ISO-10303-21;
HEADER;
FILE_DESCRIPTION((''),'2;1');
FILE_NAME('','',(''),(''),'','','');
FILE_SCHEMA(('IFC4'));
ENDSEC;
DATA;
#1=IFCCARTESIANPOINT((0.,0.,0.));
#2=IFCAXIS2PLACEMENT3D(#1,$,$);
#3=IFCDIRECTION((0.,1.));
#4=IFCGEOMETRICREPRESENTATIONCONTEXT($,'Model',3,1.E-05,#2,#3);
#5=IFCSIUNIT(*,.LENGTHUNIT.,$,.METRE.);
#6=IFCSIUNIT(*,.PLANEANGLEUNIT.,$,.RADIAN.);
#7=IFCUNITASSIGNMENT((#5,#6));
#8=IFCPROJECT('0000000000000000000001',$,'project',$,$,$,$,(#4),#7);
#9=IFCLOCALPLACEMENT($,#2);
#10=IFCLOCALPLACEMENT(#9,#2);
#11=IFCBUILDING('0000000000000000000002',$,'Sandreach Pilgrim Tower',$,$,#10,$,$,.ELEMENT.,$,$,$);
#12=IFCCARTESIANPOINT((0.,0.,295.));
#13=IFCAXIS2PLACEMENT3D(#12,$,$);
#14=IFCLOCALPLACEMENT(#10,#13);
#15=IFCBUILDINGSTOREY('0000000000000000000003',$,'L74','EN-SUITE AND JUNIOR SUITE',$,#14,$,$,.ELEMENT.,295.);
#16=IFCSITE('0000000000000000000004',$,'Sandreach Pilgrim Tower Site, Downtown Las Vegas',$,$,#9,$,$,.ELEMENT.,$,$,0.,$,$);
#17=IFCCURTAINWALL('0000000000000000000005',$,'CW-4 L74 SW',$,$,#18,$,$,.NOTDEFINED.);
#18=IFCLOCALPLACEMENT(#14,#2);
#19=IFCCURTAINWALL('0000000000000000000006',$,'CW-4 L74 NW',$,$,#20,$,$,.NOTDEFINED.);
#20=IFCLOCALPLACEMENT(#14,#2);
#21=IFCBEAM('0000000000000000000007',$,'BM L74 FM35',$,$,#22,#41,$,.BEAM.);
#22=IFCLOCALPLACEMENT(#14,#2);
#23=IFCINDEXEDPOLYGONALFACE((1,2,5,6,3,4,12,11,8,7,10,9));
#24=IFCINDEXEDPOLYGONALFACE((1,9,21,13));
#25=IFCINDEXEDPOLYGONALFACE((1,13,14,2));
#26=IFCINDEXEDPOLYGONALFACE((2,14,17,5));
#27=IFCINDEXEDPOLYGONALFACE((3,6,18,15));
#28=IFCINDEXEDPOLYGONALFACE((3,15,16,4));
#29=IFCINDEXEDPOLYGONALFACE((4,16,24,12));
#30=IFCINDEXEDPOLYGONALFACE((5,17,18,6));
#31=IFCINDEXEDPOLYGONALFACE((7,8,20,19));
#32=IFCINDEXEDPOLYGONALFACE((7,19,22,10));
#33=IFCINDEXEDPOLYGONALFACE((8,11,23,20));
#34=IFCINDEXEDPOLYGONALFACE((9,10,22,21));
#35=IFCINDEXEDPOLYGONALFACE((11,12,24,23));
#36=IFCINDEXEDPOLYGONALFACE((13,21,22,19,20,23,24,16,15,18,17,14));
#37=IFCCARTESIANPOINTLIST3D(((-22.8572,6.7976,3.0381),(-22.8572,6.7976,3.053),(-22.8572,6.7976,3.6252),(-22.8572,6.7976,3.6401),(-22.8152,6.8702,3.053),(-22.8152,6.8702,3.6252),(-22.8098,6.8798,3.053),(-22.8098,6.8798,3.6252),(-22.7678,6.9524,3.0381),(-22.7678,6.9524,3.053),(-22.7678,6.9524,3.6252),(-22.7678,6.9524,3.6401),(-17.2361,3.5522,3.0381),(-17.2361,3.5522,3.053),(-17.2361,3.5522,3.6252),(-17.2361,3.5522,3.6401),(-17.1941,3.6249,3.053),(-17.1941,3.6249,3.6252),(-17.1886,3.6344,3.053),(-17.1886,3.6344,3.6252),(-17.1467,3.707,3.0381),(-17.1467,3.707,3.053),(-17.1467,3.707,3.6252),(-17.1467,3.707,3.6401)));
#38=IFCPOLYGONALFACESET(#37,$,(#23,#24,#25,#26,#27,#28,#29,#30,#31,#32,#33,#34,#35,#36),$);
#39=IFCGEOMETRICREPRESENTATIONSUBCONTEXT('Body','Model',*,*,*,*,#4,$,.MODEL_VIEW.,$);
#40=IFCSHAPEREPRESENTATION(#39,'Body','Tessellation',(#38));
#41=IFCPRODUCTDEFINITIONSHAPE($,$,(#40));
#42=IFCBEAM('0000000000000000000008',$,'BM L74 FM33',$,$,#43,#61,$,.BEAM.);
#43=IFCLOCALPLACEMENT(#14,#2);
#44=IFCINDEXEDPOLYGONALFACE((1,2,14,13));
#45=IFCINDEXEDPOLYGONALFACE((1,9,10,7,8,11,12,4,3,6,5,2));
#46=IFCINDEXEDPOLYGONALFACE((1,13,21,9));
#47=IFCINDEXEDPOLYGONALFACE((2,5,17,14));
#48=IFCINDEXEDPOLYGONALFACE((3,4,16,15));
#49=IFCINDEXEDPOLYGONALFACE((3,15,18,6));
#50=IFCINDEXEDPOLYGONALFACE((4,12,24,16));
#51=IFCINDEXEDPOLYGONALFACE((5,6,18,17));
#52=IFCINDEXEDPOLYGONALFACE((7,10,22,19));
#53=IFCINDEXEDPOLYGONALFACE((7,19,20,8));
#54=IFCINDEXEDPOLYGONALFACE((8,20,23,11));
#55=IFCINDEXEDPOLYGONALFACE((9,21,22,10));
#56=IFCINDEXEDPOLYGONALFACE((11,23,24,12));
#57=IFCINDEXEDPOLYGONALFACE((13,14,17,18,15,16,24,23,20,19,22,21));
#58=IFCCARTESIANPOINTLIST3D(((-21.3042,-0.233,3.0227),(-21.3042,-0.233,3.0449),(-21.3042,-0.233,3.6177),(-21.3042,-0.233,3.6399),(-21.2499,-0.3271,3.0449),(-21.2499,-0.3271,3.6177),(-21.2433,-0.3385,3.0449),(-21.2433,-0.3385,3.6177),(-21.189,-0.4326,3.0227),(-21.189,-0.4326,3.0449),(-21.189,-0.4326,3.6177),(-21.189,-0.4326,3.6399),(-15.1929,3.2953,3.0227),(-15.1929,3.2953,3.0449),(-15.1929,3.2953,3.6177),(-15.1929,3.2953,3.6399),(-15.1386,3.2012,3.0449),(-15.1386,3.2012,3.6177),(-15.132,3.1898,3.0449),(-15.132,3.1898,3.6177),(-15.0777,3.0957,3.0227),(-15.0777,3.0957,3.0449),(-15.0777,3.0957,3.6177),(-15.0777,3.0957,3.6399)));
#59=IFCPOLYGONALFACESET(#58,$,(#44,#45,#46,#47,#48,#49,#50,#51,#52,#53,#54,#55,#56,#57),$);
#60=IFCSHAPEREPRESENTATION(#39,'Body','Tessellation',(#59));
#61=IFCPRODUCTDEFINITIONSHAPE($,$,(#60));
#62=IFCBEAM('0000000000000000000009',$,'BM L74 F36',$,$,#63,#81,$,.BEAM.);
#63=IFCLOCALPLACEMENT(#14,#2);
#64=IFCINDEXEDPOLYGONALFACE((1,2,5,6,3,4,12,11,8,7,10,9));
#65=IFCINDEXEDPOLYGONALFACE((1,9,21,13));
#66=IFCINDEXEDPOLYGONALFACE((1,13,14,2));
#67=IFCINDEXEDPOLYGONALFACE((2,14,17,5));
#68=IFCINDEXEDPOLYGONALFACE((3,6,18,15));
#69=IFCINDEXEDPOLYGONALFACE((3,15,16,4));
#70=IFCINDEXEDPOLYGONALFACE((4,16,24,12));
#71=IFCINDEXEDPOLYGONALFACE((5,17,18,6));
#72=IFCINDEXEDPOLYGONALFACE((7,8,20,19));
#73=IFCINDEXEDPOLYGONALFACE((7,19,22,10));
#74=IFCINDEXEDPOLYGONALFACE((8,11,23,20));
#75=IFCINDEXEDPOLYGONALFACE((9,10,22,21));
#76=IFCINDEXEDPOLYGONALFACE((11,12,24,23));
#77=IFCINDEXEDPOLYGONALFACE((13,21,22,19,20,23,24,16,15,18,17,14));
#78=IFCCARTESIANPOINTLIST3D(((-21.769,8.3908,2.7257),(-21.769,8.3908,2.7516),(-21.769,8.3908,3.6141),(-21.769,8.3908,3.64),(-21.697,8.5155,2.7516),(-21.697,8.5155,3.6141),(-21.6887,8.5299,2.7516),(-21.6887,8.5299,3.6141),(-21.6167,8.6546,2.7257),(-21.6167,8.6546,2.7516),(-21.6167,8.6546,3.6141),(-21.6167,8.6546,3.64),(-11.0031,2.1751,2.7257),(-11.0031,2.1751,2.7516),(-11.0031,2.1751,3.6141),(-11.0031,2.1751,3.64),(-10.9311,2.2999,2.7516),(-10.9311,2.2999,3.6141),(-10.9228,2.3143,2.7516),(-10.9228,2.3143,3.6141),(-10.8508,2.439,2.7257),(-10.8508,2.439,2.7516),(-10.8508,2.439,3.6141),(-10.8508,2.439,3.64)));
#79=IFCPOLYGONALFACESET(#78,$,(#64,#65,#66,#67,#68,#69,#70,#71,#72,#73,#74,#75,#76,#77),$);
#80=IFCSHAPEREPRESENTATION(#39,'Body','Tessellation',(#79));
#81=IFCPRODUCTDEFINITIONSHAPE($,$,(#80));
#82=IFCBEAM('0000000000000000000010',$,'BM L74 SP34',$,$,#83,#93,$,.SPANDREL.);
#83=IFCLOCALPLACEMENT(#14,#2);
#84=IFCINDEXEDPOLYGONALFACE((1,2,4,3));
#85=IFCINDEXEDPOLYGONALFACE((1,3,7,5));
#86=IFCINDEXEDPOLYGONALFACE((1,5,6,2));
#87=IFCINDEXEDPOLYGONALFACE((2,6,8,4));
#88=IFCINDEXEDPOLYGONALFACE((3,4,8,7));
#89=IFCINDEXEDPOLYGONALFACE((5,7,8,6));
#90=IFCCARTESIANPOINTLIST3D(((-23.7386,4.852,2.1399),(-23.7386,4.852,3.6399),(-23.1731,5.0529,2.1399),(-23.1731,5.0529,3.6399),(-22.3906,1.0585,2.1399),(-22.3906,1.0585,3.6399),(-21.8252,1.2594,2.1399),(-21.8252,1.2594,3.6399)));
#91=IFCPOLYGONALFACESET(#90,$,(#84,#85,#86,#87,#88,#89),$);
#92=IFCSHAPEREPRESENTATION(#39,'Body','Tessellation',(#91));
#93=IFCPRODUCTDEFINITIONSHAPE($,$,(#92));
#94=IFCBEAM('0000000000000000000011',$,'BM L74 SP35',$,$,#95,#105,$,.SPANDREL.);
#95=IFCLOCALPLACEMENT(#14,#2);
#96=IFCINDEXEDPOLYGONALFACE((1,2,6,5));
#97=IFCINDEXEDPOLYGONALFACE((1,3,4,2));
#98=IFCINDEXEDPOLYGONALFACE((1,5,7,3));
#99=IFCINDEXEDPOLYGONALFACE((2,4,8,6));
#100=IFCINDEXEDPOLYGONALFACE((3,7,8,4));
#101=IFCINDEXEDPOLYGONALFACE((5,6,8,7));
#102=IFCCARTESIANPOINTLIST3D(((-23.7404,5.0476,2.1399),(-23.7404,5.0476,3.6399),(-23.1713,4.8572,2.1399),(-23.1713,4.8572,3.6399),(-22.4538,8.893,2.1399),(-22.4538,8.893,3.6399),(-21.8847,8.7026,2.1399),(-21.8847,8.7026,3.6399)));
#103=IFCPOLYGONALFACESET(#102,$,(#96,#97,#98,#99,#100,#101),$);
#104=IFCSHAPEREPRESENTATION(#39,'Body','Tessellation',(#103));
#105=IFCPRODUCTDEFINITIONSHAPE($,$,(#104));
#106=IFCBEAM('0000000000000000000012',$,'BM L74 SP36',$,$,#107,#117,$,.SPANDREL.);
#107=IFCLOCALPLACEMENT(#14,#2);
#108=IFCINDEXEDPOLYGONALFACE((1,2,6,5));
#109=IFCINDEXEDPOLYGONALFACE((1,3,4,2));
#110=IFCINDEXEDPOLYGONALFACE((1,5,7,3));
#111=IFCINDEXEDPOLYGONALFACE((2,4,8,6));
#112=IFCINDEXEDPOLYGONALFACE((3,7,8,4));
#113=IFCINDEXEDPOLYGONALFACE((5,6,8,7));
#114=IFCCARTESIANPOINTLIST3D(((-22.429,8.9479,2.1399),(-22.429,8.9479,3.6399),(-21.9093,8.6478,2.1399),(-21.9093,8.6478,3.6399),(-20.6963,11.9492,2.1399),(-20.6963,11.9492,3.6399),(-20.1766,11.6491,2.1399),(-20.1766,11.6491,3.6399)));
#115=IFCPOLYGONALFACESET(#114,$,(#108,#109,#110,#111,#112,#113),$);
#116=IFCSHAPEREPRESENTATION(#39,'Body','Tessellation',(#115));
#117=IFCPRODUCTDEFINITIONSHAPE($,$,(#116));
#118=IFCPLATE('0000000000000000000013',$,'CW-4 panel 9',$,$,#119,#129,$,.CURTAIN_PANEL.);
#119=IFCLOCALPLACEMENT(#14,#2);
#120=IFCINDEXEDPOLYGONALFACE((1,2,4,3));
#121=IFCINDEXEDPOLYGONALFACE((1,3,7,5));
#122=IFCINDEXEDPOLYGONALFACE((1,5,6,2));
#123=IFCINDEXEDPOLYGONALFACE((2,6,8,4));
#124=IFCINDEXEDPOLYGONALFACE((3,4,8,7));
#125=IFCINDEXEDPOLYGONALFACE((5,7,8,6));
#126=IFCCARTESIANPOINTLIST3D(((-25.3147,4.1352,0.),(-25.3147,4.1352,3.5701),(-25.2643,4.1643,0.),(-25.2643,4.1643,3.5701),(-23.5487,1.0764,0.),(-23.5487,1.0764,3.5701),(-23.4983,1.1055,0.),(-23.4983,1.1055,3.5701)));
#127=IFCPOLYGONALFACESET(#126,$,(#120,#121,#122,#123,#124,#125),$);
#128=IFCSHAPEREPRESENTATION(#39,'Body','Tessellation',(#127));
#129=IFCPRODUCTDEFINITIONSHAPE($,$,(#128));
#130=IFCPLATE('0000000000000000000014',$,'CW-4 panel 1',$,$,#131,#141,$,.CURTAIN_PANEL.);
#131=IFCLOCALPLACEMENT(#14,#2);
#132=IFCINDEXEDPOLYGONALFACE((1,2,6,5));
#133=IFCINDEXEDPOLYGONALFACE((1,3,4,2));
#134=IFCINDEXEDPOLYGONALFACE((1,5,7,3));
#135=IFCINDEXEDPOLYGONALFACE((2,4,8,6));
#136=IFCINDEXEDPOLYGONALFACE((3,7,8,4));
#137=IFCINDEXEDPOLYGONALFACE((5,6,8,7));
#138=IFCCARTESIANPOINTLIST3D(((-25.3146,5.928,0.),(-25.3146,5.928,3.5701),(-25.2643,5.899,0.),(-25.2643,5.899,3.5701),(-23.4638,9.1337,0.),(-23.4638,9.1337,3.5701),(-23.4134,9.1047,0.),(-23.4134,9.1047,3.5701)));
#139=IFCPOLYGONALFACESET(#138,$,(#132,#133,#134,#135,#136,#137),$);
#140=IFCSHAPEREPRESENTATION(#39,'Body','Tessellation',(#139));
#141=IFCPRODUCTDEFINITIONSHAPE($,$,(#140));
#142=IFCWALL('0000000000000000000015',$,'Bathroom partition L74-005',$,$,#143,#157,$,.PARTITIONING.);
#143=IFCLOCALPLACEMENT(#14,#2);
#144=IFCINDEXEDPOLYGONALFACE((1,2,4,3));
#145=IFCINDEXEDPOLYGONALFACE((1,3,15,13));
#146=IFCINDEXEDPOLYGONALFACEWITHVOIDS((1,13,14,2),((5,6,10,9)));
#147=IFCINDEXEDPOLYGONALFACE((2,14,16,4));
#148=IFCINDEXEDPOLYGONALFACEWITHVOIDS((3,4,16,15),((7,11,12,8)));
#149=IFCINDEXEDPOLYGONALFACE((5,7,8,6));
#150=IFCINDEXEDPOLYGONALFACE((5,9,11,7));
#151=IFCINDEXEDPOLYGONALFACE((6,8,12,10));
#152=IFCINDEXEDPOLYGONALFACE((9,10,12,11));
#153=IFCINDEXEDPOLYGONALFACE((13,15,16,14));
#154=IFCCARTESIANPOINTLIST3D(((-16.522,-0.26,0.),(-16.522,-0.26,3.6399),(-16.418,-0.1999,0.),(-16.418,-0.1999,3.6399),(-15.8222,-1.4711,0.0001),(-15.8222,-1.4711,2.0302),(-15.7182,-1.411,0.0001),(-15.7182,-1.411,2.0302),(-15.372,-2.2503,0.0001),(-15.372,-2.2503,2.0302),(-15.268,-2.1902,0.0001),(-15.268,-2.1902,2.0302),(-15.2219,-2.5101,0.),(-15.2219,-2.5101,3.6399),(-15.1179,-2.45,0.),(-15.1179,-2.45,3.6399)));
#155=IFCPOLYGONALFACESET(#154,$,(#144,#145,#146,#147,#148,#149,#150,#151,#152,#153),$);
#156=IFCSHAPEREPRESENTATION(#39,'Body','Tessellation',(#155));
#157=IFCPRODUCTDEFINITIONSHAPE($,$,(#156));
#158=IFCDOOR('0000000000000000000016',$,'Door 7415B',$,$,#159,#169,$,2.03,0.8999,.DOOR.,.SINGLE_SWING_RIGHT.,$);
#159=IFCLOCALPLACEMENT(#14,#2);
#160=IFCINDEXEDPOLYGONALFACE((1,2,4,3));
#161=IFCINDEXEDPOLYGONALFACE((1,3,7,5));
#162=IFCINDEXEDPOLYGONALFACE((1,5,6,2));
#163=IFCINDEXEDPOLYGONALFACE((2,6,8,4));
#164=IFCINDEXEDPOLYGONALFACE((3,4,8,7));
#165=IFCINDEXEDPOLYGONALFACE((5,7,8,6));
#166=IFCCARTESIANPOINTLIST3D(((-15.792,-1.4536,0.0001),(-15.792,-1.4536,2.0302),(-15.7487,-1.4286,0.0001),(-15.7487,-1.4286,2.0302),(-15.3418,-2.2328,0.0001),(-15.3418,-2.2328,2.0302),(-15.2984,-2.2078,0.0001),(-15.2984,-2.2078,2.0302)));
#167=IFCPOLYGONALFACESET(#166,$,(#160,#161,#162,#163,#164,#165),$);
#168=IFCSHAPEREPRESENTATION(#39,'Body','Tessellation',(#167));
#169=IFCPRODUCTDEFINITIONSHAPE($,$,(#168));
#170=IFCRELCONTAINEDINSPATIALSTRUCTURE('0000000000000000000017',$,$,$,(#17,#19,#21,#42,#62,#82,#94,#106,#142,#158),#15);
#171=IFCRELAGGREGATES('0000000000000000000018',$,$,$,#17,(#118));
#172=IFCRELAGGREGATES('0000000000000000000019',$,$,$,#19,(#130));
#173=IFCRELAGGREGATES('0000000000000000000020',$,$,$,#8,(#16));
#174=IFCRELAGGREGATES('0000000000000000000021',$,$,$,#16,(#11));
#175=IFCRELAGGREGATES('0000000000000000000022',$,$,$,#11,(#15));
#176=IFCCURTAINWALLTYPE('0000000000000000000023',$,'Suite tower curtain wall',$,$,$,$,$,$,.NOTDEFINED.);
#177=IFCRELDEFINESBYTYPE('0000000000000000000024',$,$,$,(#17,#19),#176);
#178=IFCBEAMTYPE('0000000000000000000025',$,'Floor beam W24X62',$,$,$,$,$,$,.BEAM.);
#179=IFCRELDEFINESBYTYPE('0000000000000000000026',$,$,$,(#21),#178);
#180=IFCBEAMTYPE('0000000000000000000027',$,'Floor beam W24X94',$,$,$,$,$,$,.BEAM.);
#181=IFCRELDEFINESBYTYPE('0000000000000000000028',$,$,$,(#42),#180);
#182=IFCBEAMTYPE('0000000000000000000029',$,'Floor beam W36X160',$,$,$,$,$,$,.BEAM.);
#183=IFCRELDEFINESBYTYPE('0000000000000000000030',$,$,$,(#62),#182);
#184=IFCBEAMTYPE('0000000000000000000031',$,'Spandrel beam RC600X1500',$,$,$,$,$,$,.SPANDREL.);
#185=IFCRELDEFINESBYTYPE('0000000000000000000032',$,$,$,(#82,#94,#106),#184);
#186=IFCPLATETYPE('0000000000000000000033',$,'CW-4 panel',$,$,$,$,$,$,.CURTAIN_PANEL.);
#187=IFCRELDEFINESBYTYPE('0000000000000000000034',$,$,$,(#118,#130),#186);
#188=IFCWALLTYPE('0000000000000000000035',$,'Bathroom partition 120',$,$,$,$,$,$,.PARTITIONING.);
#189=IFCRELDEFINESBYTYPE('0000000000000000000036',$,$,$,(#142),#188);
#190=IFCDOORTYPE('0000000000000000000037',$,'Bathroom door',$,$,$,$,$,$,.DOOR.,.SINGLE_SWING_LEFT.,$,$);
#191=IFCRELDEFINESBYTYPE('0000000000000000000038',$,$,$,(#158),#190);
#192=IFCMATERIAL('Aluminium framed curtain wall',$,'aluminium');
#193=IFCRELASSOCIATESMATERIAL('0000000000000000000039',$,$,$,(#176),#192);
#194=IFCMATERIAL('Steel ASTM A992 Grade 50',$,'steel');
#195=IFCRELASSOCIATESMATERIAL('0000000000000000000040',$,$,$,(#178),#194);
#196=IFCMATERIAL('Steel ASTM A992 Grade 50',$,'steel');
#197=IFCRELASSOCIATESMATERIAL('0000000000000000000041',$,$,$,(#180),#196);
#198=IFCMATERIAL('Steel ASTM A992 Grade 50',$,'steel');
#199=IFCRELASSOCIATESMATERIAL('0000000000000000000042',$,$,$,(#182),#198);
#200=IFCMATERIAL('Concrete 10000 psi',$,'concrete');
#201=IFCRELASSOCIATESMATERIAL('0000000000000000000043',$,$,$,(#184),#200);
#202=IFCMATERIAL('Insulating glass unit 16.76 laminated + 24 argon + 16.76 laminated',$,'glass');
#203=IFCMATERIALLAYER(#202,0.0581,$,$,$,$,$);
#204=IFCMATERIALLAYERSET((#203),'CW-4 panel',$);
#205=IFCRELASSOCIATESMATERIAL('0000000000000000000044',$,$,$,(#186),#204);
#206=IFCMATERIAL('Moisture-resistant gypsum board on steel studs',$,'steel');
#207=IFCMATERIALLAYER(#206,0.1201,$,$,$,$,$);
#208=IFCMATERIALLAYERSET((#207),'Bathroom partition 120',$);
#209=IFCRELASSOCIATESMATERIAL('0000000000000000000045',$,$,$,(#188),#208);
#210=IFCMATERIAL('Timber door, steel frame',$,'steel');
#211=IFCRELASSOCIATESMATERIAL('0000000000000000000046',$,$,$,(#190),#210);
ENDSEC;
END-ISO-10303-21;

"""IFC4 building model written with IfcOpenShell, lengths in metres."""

from ifc_helpers import new_model, si_unit, direction, frame, frame_2d, origin, origin_2d, place, context, subcontext, project, spatial, rectangle, i_section, extrude, material, layer, layer_set, material_profile, profile_set, type_object, element, fill, aggregate, save


model = new_model("IFC4")

# Units and contexts
model_context = context("Model", 3, precision=1e-05, world=origin(), true_north=direction((0.0, 1.0)))
body_context = subcontext(model_context, "Body", "Model", "MODEL_VIEW")
ifc_project = project(units=[si_unit("LENGTHUNIT", "METRE"), si_unit("PLANEANGLEUNIT", "RADIAN")], contexts=[model_context])

# Site, building, storey
site_placement = place(None, origin())
site = spatial("IfcSite", under=ifc_project, at=site_placement, Name="Sandreach Pilgrim Tower Site, Downtown Las Vegas", CompositionType="ELEMENT", RefElevation=0.0)
building_placement = place(site_placement, origin())
building = spatial("IfcBuilding", under=site, at=building_placement, Name="Sandreach Pilgrim Tower", CompositionType="ELEMENT")
storey_placement = place(building_placement, frame((0.0, 0.0, 295.0)))
storey = spatial("IfcBuildingStorey", under=building, at=storey_placement, Name="L74", Description="EN-SUITE AND JUNIOR SUITE", CompositionType="ELEMENT", Elevation=295.0)

# Curtain wall
ifc_material_1 = material(Name="Aluminium framed curtain wall", Category="aluminium")
curtain_wall_type = type_object("IfcCurtainWallType", Name="Suite tower curtain wall", PredefinedType="NOTDEFINED", material=ifc_material_1)
curtain_wall_1_placement = place(storey_placement, origin())
curtain_wall_1 = element("IfcCurtainWall", 1, at=curtain_wall_1_placement, inside=storey, type_object=curtain_wall_type, Name="CW-4 L74 SW", PredefinedType="NOTDEFINED")

# Curtain wall
curtain_wall_2_placement = place(storey_placement, origin())
curtain_wall_2 = element("IfcCurtainWall", 2, at=curtain_wall_2_placement, inside=storey, type_object=curtain_wall_type, Name="CW-4 L74 NW", PredefinedType="NOTDEFINED")

# Beams
ifc_material_2 = material(Name="Steel ASTM A992 Grade 50", Category="steel")
ifc_material_profile_1 = material_profile(ifc_material_2, i_section(OverallWidth=0.1787, OverallDepth=0.6021, WebThickness=0.011, FlangeThickness=0.0149, at=origin_2d()), Name="W24X62")
ifc_profile_set_1 = profile_set([ifc_material_profile_1], Name="Steel ASTM A992 Grade 50")
beam_type_1 = type_object("IfcBeamType", Name="Floor beam W24X62", PredefinedType="BEAM", material=ifc_profile_set_1)
beam_1_placement = place(storey_placement, frame((-22.8125, 6.875, 3.3391), z_axis=(0.866024, -0.500002, 0.0), x_axis=(0.500002, 0.866024, 0.0)))
element("IfcBeam", 3, at=beam_1_placement, inside=storey, type_object=beam_type_1, Name="BM L74 FM35", PredefinedType="BEAM", context=body_context, shape_type="SweptSolid", body=[
    extrude(i_section(OverallWidth=0.1787, OverallDepth=0.6021, WebThickness=0.011, FlangeThickness=0.0149, at=origin_2d()), origin(), (0.0, 0.0, 1.0), 6.4907),
])
ifc_material_3 = material(Name="Steel ASTM A992 Grade 50", Category="steel")
ifc_material_profile_2 = material_profile(ifc_material_3, i_section(OverallWidth=0.2305, OverallDepth=0.6172, WebThickness=0.0132, FlangeThickness=0.0222, at=origin_2d()), Name="W24X94")
ifc_profile_set_2 = profile_set([ifc_material_profile_2], Name="Steel ASTM A992 Grade 50")
beam_type_2 = type_object("IfcBeamType", Name="Floor beam W24X94", PredefinedType="BEAM", material=ifc_profile_set_2)
beam_2_placement = place(storey_placement, frame((-21.2466, -0.3328, 3.3313), z_axis=(0.866029, 0.499994, 0.0), x_axis=(-0.499994, 0.866029, 0.0)))
element("IfcBeam", 4, at=beam_2_placement, inside=storey, type_object=beam_type_2, Name="BM L74 FM33", PredefinedType="BEAM", context=body_context, shape_type="SweptSolid", body=[
    extrude(i_section(OverallWidth=0.2305, OverallDepth=0.6172, WebThickness=0.0132, FlangeThickness=0.0222, at=origin_2d()), origin(), (0.0, 0.0, 1.0), 7.0566),
])
ifc_material_4 = material(Name="Steel ASTM A992 Grade 50", Category="steel")
ifc_material_profile_3 = material_profile(ifc_material_4, i_section(OverallWidth=0.3047, OverallDepth=0.9143, WebThickness=0.0166, FlangeThickness=0.0259, at=origin_2d()), Name="W36X160")
ifc_profile_set_3 = profile_set([ifc_material_profile_3], Name="Steel ASTM A992 Grade 50")
beam_type_3 = type_object("IfcBeamType", Name="Floor beam W36X160", PredefinedType="BEAM", material=ifc_profile_set_3)
beam_3_placement = place(storey_placement, frame((-21.6929, 8.5227, 3.1829), z_axis=(0.866029, -0.499994, 0.0), x_axis=(0.499994, 0.866029, 0.0)))
element("IfcBeam", 5, at=beam_3_placement, inside=storey, type_object=beam_type_3, Name="BM L74 F36", PredefinedType="BEAM", context=body_context, shape_type="SweptSolid", body=[
    extrude(i_section(OverallWidth=0.3047, OverallDepth=0.9143, WebThickness=0.0166, FlangeThickness=0.0259, at=origin_2d()), origin(), (0.0, 0.0, 1.0), 12.4314),
])
ifc_material_5 = material(Name="Concrete 10000 psi", Category="concrete")
ifc_material_profile_4 = material_profile(ifc_material_5, rectangle(XDim=0.6001, YDim=1.5, at=origin_2d()), Name="RC600X1500")
ifc_profile_set_4 = profile_set([ifc_material_profile_4], Name="Concrete 10000 psi")
beam_type_4 = type_object("IfcBeamType", Name="Spandrel beam RC600X1500", PredefinedType="SPANDREL", material=ifc_profile_set_4)
beam_4_placement = place(storey_placement, frame((-22.1079, 1.1589, 2.8899), z_axis=(-0.334815, 0.942284, 0.0), x_axis=(-0.942284, -0.334815, 0.0)))
element("IfcBeam", 6, at=beam_4_placement, inside=storey, type_object=beam_type_4, Name="BM L74 SP34", PredefinedType="SPANDREL", context=body_context, shape_type="SweptSolid", body=[
    extrude(rectangle(XDim=0.6001, YDim=1.5, at=origin_2d()), origin(), (0.0, 0.0, 1.0), 4.0259),
])
beam_5_placement = place(storey_placement, frame((-23.4558, 4.9524, 2.8899), z_axis=(0.317293, 0.948327, 0.0), x_axis=(-0.948327, 0.317293, 0.0)))
element("IfcBeam", 7, at=beam_5_placement, inside=storey, type_object=beam_type_4, Name="BM L74 SP35", PredefinedType="SPANDREL", context=body_context, shape_type="SweptSolid", body=[
    extrude(rectangle(XDim=0.6001, YDim=1.5, at=origin_2d()), origin(), (0.0, 0.0, 1.0), 4.0549),
])
beam_6_placement = place(storey_placement, frame((-22.1692, 8.7979, 2.8899), z_axis=(0.499981, 0.866037, 0.0), x_axis=(-0.866037, 0.499981, 0.0)))
element("IfcBeam", 8, at=beam_6_placement, inside=storey, type_object=beam_type_4, Name="BM L74 SP36", PredefinedType="SPANDREL", context=body_context, shape_type="SweptSolid", body=[
    extrude(rectangle(XDim=0.6001, YDim=1.5, at=origin_2d()), origin(), (0.0, 0.0, 1.0), 3.4656),
])

# Plates
ifc_material_6 = material(Name="Insulating glass unit 16.76 laminated + 24 argon + 16.76 laminated", Category="glass")
ifc_layer_1 = layer(ifc_material_6, 0.0581)
ifc_layer_set_1 = layer_set([ifc_layer_1], Name="CW-4 panel")
plate_type = type_object("IfcPlateType", Name="CW-4 panel", PredefinedType="CURTAIN_PANEL", material=ifc_layer_set_1)
plate_1_placement = place(storey_placement, frame((-24.4065, 2.6204, 0.0), z_axis=(0.0, 0.0, 1.0), x_axis=(-0.5, 0.866025, 0.0)))
plate_1 = element("IfcPlate", 9, at=plate_1_placement, type_object=plate_type, Name="CW-4 panel 9", PredefinedType="CURTAIN_PANEL", context=body_context, shape_type="SweptSolid", body=[
    extrude(rectangle(XDim=3.532, YDim=0.0581, at=origin_2d()), origin(), (0.0, 0.0, 1.0), 3.5701),
])
aggregate(curtain_wall_1, [plate_1])
plate_2_placement = place(storey_placement, frame((-24.364, 7.5164, 0.0), z_axis=(0.0, 0.0, 1.0), x_axis=(0.5, 0.866025, 0.0)))
plate_2 = element("IfcPlate", 10, at=plate_2_placement, type_object=plate_type, Name="CW-4 panel 1", PredefinedType="CURTAIN_PANEL", context=body_context, shape_type="SweptSolid", body=[
    extrude(rectangle(XDim=3.7017, YDim=0.0581, at=origin_2d()), origin(), (0.0, 0.0, 1.0), 3.5701),
])
aggregate(curtain_wall_2, [plate_2])

# Wall, opening, door
ifc_material_7 = material(Name="Moisture-resistant gypsum board on steel studs", Category="steel")
ifc_layer_2 = layer(ifc_material_7, 0.1201)
ifc_layer_set_2 = layer_set([ifc_layer_2], Name="Bathroom partition 120")
wall_type_1 = type_object("IfcWallType", Name="Bathroom partition 120", PredefinedType="PARTITIONING", material=ifc_layer_set_2)
wall_1_placement = place(storey_placement, frame((-16.47, -0.23, 0.0), z_axis=(0.0, 0.0, 1.0), x_axis=(0.500292, -0.865857, 0.0)))
wall_1 = element("IfcWall", 11, at=wall_1_placement, inside=storey, type_object=wall_type_1, Name="Bathroom partition L74-005", PredefinedType="PARTITIONING", context=body_context, shape_type="SweptSolid", body=[
    extrude(rectangle(XDim=2.5986, YDim=0.1201, at=frame_2d((1.2993, 0.0))), origin(), (0.0, 0.0, 1.0), 3.6399),
])
opening_1_placement = place(wall_1_placement, frame((1.3987, 0.0, 0.0)))
opening_1 = element("IfcOpeningElement", 12, at=opening_1_placement, cuts=wall_1, PredefinedType="OPENING", context=body_context, shape_type="SweptSolid", body=[
    extrude(rectangle(XDim=0.8999, YDim=2.03, at=frame_2d((0.45, 1.0151))), frame((0.0, 0.0601, 0.0), z_axis=(0.0, -1.0, 0.0), x_axis=(1.0, 0.0, 0.0)), (0.0, 0.0, 1.0), 0.1201),
])
ifc_material_8 = material(Name="Timber door, steel frame", Category="steel")
door_type_1 = type_object("IfcDoorType", Name="Bathroom door", OperationType="SINGLE_SWING_LEFT", PredefinedType="DOOR", material=ifc_material_8)
door_1_placement = place(opening_1_placement, origin())
door_1 = element("IfcDoor", 13, at=door_1_placement, inside=storey, type_object=door_type_1, Name="Door 7415B", OperationType="SINGLE_SWING_RIGHT", OverallHeight=2.03, OverallWidth=0.8999, PredefinedType="DOOR", context=body_context, shape_type="SweptSolid", body=[
    extrude(rectangle(XDim=0.8999, YDim=2.03, at=frame_2d((0.45, 1.0151))), frame((0.0, 0.0249, 0.0), z_axis=(0.0, -1.0, 0.0), x_axis=(1.0, 0.0, 0.0)), (0.0, 0.0, 1.0), 0.05),
])
fill(opening_1, door_1)

save(model, "model.ifc")
